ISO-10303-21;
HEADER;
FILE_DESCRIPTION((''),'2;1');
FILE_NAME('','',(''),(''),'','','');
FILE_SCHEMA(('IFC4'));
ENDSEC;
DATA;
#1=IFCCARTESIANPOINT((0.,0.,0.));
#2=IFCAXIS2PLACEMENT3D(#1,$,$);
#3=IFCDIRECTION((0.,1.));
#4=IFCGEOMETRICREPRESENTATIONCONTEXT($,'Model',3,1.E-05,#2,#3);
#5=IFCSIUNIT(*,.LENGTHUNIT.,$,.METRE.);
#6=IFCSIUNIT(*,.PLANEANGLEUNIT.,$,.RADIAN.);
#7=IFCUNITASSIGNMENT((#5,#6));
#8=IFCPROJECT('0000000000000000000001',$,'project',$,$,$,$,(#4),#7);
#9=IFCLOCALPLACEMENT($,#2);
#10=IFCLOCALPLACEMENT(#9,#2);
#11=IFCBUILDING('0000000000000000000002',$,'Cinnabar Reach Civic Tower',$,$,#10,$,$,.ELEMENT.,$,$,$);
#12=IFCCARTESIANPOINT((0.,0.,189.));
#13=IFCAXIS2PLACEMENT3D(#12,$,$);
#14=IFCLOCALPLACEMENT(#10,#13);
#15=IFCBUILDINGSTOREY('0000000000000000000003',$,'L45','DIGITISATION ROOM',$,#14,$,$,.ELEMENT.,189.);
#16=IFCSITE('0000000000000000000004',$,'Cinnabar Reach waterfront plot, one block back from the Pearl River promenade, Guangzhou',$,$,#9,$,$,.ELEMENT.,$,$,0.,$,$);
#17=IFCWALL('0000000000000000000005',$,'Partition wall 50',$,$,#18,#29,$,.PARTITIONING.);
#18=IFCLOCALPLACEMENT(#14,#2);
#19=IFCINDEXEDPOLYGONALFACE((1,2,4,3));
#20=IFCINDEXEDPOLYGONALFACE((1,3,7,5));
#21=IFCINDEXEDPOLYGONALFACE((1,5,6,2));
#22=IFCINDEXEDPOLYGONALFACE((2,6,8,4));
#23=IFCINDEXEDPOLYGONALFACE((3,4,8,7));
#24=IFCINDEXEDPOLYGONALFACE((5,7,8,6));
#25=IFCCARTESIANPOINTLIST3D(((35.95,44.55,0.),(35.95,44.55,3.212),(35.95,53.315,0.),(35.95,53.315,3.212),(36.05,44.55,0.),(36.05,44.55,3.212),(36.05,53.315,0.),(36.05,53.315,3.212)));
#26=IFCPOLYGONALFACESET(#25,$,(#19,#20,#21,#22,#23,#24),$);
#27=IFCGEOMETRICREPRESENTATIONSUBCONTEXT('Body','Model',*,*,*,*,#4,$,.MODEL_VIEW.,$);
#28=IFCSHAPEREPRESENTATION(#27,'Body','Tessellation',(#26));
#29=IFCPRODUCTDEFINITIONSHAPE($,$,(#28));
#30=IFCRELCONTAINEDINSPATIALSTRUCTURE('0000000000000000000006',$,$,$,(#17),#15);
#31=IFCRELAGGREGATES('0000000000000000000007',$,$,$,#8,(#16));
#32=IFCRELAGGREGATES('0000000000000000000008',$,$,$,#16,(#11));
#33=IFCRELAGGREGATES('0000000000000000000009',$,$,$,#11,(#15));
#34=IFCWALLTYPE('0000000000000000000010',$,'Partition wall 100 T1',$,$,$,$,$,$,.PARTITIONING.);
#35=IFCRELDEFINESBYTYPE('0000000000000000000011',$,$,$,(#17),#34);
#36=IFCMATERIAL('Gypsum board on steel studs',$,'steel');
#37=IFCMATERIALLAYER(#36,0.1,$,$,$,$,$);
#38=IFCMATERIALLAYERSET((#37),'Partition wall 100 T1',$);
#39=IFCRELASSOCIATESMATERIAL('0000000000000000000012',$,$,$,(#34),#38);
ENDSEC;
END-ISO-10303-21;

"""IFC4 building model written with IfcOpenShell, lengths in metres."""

from ifc_helpers import new_model, si_unit, direction, frame, frame_2d, origin, place, context, subcontext, project, spatial, rectangle, extrude, material, layer, layer_set, type_object, element, save


model = new_model("IFC4")

# Units and contexts
model_context = context("Model", 3, precision=1e-05, world=origin(), true_north=direction((0.0, 1.0)))
body_context = subcontext(model_context, "Body", "Model", "MODEL_VIEW")
ifc_project = project(units=[si_unit("LENGTHUNIT", "METRE"), si_unit("PLANEANGLEUNIT", "RADIAN")], contexts=[model_context])

# Site, building, storey
site_placement = place(None, origin())
site = spatial("IfcSite", under=ifc_project, at=site_placement, Name="Cinnabar Reach waterfront plot, one block back from the Pearl River promenade, Guangzhou", CompositionType="ELEMENT", RefElevation=0.0)
building_placement = place(site_placement, origin())
building = spatial("IfcBuilding", under=site, at=building_placement, Name="Cinnabar Reach Civic Tower", CompositionType="ELEMENT")
storey_placement = place(building_placement, frame((0.0, 0.0, 189.0)))
storey = spatial("IfcBuildingStorey", under=building, at=storey_placement, Name="L45", Description="DIGITISATION ROOM", CompositionType="ELEMENT", Elevation=189.0)

# Wall
ifc_material_1 = material(Name="Gypsum board on steel studs", Category="steel")
ifc_layer_1 = layer(ifc_material_1, 0.1)
ifc_layer_set_1 = layer_set([ifc_layer_1], Name="Partition wall 100 T1")
wall_type_1 = type_object("IfcWallType", Name="Partition wall 100 T1", PredefinedType="PARTITIONING", material=ifc_layer_set_1)
wall_1_placement = place(storey_placement, frame((36.0, 44.55, 0.0), z_axis=(0.0, 0.0, 1.0), x_axis=(0.0, 1.0, 0.0)))
element("IfcWall", 1, at=wall_1_placement, inside=storey, type_object=wall_type_1, Name="Partition wall 50", PredefinedType="PARTITIONING", context=body_context, shape_type="SweptSolid", body=[
    extrude(rectangle(XDim=8.765, YDim=0.1, at=frame_2d((4.3825, 0.0))), origin(), (0.0, 0.0, 1.0), 3.212),
])

save(model, "model.ifc")
